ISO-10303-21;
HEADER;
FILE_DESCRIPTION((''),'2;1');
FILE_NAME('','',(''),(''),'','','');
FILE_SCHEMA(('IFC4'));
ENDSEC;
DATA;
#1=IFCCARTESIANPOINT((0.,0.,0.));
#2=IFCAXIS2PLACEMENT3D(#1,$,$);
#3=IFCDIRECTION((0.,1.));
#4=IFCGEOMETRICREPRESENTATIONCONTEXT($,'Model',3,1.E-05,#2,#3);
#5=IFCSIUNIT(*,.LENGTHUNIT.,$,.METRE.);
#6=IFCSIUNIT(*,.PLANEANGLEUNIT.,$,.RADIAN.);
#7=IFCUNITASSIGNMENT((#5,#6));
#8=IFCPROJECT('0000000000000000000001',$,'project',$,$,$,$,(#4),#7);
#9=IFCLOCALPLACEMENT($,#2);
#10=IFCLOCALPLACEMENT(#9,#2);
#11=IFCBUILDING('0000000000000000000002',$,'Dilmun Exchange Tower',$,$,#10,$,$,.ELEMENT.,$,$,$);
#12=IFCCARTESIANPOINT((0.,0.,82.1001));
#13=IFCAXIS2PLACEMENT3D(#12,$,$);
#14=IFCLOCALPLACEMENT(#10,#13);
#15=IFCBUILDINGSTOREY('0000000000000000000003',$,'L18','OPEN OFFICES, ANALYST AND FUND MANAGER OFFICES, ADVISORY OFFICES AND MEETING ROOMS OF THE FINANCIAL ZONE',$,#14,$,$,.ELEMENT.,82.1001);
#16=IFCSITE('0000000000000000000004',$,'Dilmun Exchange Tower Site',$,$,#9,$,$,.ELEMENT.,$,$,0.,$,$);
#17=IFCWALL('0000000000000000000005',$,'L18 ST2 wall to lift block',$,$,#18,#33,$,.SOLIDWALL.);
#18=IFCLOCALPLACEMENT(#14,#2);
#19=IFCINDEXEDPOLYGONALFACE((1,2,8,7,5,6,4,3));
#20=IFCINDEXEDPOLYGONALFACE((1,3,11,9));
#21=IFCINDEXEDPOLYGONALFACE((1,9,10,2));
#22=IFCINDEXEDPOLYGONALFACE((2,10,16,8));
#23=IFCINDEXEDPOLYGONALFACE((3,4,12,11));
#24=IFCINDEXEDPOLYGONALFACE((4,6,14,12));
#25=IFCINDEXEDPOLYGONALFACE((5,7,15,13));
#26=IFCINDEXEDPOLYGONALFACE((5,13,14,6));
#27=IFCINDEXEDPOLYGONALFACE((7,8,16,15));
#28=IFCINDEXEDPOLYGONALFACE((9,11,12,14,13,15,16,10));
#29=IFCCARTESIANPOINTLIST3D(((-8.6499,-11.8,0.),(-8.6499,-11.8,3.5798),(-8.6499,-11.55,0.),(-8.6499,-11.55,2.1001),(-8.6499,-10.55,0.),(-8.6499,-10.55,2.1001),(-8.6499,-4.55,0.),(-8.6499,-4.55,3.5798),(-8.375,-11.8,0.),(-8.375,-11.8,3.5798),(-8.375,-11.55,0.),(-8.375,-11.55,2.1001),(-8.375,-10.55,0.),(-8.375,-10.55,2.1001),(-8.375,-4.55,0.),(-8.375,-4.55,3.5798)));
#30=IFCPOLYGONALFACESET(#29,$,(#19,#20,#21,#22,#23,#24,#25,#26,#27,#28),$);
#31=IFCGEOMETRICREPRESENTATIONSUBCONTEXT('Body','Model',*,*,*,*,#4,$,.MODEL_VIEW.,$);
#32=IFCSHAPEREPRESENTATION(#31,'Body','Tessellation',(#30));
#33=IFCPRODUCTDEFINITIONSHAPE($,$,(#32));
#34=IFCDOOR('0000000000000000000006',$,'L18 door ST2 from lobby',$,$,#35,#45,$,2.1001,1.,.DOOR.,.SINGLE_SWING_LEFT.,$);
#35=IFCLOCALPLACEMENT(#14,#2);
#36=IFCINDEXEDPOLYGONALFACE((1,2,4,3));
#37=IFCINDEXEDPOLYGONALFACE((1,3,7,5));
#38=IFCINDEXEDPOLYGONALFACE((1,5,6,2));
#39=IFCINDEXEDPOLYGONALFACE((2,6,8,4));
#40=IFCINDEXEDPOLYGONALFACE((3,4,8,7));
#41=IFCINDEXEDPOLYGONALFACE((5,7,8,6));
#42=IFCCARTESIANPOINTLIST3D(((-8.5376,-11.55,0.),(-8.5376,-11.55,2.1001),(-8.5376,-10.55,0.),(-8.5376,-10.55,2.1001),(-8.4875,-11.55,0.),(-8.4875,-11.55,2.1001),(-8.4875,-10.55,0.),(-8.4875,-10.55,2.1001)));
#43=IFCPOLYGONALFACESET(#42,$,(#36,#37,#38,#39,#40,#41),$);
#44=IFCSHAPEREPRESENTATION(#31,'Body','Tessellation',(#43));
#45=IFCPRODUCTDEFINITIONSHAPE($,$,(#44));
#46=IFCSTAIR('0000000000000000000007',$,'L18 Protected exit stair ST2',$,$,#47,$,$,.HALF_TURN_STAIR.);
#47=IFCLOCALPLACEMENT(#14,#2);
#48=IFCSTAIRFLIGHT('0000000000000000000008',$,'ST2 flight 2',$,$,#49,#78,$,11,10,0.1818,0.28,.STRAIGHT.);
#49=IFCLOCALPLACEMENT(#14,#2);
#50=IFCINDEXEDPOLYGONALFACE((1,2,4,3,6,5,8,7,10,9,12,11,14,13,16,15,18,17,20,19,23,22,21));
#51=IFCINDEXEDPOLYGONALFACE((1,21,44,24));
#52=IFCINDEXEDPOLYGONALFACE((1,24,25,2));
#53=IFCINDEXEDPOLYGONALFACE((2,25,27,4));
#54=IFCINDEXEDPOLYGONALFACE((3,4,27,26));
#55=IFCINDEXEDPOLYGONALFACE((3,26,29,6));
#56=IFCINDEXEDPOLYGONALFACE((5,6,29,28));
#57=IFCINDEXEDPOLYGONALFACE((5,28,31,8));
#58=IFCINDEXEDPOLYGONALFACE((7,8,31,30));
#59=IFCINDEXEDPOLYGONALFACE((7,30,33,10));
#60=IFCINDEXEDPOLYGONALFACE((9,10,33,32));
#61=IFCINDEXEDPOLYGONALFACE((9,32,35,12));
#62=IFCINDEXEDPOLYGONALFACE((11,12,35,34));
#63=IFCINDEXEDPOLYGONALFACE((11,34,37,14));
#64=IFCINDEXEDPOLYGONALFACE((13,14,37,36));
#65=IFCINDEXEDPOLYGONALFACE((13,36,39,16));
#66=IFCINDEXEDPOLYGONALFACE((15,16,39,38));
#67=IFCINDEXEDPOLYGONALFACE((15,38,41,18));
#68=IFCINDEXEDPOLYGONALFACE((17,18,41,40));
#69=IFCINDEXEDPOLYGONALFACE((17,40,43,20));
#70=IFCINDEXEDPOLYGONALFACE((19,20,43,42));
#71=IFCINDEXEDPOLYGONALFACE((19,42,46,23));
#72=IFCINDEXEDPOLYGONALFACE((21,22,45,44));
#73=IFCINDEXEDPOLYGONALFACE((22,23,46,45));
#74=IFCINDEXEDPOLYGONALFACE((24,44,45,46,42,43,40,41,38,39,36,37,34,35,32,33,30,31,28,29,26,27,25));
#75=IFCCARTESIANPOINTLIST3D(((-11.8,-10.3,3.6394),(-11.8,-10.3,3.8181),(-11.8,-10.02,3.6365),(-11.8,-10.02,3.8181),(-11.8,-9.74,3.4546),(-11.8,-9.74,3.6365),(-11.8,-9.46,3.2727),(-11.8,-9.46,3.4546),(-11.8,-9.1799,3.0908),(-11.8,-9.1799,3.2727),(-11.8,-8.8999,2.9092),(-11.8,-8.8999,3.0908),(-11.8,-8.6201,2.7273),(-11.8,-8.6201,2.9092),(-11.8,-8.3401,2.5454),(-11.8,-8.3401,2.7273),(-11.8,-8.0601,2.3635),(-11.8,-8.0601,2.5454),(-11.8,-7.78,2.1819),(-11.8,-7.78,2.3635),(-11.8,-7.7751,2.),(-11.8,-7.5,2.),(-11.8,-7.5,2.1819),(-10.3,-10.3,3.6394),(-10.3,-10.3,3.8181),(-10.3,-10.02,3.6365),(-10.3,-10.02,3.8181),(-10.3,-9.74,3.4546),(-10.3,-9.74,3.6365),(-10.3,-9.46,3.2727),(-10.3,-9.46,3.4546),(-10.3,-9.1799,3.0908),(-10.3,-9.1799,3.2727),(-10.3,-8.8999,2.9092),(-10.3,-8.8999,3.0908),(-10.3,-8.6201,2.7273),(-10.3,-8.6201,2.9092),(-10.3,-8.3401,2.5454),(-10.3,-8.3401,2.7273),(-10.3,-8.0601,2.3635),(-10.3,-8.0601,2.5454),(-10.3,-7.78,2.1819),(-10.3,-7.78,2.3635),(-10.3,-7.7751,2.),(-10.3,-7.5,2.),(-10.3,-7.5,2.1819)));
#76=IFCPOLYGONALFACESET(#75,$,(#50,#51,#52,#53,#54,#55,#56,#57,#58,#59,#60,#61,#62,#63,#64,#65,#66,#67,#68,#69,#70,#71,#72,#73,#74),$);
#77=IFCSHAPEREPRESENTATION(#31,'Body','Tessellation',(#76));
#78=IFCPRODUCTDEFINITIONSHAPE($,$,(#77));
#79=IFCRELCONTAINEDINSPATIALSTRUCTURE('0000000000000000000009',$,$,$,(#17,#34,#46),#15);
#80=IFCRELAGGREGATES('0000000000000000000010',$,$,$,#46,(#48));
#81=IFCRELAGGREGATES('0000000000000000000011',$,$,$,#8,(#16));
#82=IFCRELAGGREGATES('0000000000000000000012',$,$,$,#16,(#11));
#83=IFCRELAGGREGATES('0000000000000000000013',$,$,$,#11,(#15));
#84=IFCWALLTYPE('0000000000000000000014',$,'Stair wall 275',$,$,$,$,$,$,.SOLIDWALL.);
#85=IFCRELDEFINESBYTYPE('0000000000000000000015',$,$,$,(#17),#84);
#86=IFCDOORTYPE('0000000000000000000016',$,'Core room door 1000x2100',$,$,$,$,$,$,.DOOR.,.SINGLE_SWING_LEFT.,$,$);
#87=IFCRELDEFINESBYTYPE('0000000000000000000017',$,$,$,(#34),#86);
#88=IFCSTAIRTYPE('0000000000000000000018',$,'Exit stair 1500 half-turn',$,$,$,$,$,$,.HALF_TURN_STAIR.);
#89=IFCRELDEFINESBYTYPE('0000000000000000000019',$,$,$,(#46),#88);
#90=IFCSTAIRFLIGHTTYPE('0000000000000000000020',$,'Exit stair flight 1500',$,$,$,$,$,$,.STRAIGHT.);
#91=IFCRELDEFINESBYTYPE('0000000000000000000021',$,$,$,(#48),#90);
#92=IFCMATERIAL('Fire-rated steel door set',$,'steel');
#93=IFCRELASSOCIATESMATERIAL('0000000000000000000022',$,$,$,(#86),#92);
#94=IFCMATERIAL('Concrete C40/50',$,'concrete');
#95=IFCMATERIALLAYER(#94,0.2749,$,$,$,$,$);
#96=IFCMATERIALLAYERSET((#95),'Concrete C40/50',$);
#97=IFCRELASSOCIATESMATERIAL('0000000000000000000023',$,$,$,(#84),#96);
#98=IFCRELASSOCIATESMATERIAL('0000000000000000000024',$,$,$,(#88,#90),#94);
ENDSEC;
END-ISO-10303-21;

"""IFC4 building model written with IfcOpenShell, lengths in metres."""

from ifc_helpers import new_model, si_unit, direction, frame, frame_2d, origin, place, context, subcontext, project, spatial, polyline, rectangle, outline, extrude, material, layer, layer_set, type_object, element, fill, aggregate, save


model = new_model("IFC4")

# Units and contexts
model_context = context("Model", 3, precision=1e-05, world=origin(), true_north=direction((0.0, 1.0)))
body_context = subcontext(model_context, "Body", "Model", "MODEL_VIEW")
ifc_project = project(units=[si_unit("LENGTHUNIT", "METRE"), si_unit("PLANEANGLEUNIT", "RADIAN")], contexts=[model_context])

# Site, building, storey
site_placement = place(None, origin())
site = spatial("IfcSite", under=ifc_project, at=site_placement, Name="Dilmun Exchange Tower Site", CompositionType="ELEMENT", RefElevation=0.0)
building_placement = place(site_placement, origin())
building = spatial("IfcBuilding", under=site, at=building_placement, Name="Dilmun Exchange Tower", CompositionType="ELEMENT")
storey_placement = place(building_placement, frame((0.0, 0.0, 82.1001)))
storey = spatial("IfcBuildingStorey", under=building, at=storey_placement, Name="L18", Description="OPEN OFFICES, ANALYST AND FUND MANAGER OFFICES, ADVISORY OFFICES AND MEETING ROOMS OF THE FINANCIAL ZONE", CompositionType="ELEMENT", Elevation=82.1001)

# Shared definitions
ifc_material_1 = material(Name="Concrete C40/50", Category="concrete")

# Shared definitions
ifc_material_2 = material(Name="Fire-rated steel door set", Category="steel")
door_type = type_object("IfcDoorType", Name="Core room door 1000x2100", OperationType="SINGLE_SWING_LEFT", PredefinedType="DOOR", material=ifc_material_2)

# Wall, opening, door
ifc_layer_1 = layer(ifc_material_1, 0.2749)
ifc_layer_set_1 = layer_set([ifc_layer_1], Name="Concrete C40/50")
wall_type_1 = type_object("IfcWallType", Name="Stair wall 275", PredefinedType="SOLIDWALL", material=ifc_layer_set_1)
wall_1_placement = place(storey_placement, frame((-8.5125, -4.55, 0.0), z_axis=(0.0, 0.0, 1.0), x_axis=(0.0, -1.0, 0.0)))
wall_1 = element("IfcWall", 1, at=wall_1_placement, inside=storey, type_object=wall_type_1, Name="L18 ST2 wall to lift block", PredefinedType="SOLIDWALL", context=body_context, shape_type="SweptSolid", body=[
    extrude(rectangle(XDim=7.25, YDim=0.2749, at=frame_2d((3.625, 0.0))), origin(), (0.0, 0.0, 1.0), 3.5798),
])
opening_1_placement = place(wall_1_placement, frame((6.0, 0.0, 0.0)))
opening_1 = element("IfcOpeningElement", 2, at=opening_1_placement, cuts=wall_1, PredefinedType="OPENING", context=body_context, shape_type="SweptSolid", body=[
    extrude(rectangle(XDim=1.0, YDim=2.1001, at=frame_2d((0.5, 1.05))), frame((0.0, 0.1475, 0.0), z_axis=(0.0, -1.0, 0.0), x_axis=(1.0, 0.0, 0.0)), (0.0, 0.0, 1.0), 0.2949),
])
door_1_placement = place(opening_1_placement, origin())
door_1 = element("IfcDoor", 3, at=door_1_placement, inside=storey, type_object=door_type, Name="L18 door ST2 from lobby", OperationType="SINGLE_SWING_LEFT", OverallHeight=2.1001, OverallWidth=1.0, PredefinedType="DOOR", context=body_context, shape_type="SweptSolid", body=[
    extrude(rectangle(XDim=1.0, YDim=2.1001, at=frame_2d((0.5, 1.05))), frame((0.0, 0.0249, 0.0), z_axis=(0.0, -1.0, 0.0), x_axis=(1.0, 0.0, 0.0)), (0.0, 0.0, 1.0), 0.05),
])
fill(opening_1, door_1)

# Stair, stair flight
stair_type = type_object("IfcStairType", Name="Exit stair 1500 half-turn", PredefinedType="HALF_TURN_STAIR", material=ifc_material_1)
stair_placement = place(storey_placement, origin())
stair = element("IfcStair", 4, at=stair_placement, inside=storey, type_object=stair_type, Name="L18 Protected exit stair ST2", PredefinedType="HALF_TURN_STAIR")
stair_flight_type = type_object("IfcStairFlightType", Name="Exit stair flight 1500", PredefinedType="STRAIGHT", material=ifc_material_1)
stair_flight_placement = place(storey_placement, frame((-11.05, -7.5, 2.0), z_axis=(0.0, 0.0, 1.0), x_axis=(0.0, -1.0, 0.0)))
stair_flight = element("IfcStairFlight", 5, at=stair_flight_placement, type_object=stair_flight_type, Name="ST2 flight 2", NumberOfRisers=11, NumberOfTreads=10, PredefinedType="STRAIGHT", RiserHeight=0.1818, TreadLength=0.28, context=body_context, shape_type="SweptSolid", body=[
    extrude(outline(polyline([(0.0, 0.0), (0.0, 0.1819), (0.28, 0.1819), (0.28, 0.3635), (0.5601, 0.3635), (0.5601, 0.5454), (0.8401, 0.5454), (0.8401, 0.7273), (1.1201, 0.7273), (1.1201, 0.9092), (1.3999, 0.9092), (1.3999, 1.0908), (1.6799, 1.0908), (1.6799, 1.2727), (1.96, 1.2727), (1.96, 1.4546), (2.24, 1.4546), (2.24, 1.6365), (2.52, 1.6365), (2.52, 1.8181), (2.8, 1.8181), (2.8, 2.0), (2.8, 1.6394), (0.2751, 0.0), (0.0, 0.0)])), frame((0.0, 0.75, 0.0), z_axis=(0.0, -1.0, 0.0), x_axis=(1.0, 0.0, 0.0)), (0.0, 0.0, 1.0), 1.5),
])
aggregate(stair, [stair_flight])

save(model, "model.ifc")
